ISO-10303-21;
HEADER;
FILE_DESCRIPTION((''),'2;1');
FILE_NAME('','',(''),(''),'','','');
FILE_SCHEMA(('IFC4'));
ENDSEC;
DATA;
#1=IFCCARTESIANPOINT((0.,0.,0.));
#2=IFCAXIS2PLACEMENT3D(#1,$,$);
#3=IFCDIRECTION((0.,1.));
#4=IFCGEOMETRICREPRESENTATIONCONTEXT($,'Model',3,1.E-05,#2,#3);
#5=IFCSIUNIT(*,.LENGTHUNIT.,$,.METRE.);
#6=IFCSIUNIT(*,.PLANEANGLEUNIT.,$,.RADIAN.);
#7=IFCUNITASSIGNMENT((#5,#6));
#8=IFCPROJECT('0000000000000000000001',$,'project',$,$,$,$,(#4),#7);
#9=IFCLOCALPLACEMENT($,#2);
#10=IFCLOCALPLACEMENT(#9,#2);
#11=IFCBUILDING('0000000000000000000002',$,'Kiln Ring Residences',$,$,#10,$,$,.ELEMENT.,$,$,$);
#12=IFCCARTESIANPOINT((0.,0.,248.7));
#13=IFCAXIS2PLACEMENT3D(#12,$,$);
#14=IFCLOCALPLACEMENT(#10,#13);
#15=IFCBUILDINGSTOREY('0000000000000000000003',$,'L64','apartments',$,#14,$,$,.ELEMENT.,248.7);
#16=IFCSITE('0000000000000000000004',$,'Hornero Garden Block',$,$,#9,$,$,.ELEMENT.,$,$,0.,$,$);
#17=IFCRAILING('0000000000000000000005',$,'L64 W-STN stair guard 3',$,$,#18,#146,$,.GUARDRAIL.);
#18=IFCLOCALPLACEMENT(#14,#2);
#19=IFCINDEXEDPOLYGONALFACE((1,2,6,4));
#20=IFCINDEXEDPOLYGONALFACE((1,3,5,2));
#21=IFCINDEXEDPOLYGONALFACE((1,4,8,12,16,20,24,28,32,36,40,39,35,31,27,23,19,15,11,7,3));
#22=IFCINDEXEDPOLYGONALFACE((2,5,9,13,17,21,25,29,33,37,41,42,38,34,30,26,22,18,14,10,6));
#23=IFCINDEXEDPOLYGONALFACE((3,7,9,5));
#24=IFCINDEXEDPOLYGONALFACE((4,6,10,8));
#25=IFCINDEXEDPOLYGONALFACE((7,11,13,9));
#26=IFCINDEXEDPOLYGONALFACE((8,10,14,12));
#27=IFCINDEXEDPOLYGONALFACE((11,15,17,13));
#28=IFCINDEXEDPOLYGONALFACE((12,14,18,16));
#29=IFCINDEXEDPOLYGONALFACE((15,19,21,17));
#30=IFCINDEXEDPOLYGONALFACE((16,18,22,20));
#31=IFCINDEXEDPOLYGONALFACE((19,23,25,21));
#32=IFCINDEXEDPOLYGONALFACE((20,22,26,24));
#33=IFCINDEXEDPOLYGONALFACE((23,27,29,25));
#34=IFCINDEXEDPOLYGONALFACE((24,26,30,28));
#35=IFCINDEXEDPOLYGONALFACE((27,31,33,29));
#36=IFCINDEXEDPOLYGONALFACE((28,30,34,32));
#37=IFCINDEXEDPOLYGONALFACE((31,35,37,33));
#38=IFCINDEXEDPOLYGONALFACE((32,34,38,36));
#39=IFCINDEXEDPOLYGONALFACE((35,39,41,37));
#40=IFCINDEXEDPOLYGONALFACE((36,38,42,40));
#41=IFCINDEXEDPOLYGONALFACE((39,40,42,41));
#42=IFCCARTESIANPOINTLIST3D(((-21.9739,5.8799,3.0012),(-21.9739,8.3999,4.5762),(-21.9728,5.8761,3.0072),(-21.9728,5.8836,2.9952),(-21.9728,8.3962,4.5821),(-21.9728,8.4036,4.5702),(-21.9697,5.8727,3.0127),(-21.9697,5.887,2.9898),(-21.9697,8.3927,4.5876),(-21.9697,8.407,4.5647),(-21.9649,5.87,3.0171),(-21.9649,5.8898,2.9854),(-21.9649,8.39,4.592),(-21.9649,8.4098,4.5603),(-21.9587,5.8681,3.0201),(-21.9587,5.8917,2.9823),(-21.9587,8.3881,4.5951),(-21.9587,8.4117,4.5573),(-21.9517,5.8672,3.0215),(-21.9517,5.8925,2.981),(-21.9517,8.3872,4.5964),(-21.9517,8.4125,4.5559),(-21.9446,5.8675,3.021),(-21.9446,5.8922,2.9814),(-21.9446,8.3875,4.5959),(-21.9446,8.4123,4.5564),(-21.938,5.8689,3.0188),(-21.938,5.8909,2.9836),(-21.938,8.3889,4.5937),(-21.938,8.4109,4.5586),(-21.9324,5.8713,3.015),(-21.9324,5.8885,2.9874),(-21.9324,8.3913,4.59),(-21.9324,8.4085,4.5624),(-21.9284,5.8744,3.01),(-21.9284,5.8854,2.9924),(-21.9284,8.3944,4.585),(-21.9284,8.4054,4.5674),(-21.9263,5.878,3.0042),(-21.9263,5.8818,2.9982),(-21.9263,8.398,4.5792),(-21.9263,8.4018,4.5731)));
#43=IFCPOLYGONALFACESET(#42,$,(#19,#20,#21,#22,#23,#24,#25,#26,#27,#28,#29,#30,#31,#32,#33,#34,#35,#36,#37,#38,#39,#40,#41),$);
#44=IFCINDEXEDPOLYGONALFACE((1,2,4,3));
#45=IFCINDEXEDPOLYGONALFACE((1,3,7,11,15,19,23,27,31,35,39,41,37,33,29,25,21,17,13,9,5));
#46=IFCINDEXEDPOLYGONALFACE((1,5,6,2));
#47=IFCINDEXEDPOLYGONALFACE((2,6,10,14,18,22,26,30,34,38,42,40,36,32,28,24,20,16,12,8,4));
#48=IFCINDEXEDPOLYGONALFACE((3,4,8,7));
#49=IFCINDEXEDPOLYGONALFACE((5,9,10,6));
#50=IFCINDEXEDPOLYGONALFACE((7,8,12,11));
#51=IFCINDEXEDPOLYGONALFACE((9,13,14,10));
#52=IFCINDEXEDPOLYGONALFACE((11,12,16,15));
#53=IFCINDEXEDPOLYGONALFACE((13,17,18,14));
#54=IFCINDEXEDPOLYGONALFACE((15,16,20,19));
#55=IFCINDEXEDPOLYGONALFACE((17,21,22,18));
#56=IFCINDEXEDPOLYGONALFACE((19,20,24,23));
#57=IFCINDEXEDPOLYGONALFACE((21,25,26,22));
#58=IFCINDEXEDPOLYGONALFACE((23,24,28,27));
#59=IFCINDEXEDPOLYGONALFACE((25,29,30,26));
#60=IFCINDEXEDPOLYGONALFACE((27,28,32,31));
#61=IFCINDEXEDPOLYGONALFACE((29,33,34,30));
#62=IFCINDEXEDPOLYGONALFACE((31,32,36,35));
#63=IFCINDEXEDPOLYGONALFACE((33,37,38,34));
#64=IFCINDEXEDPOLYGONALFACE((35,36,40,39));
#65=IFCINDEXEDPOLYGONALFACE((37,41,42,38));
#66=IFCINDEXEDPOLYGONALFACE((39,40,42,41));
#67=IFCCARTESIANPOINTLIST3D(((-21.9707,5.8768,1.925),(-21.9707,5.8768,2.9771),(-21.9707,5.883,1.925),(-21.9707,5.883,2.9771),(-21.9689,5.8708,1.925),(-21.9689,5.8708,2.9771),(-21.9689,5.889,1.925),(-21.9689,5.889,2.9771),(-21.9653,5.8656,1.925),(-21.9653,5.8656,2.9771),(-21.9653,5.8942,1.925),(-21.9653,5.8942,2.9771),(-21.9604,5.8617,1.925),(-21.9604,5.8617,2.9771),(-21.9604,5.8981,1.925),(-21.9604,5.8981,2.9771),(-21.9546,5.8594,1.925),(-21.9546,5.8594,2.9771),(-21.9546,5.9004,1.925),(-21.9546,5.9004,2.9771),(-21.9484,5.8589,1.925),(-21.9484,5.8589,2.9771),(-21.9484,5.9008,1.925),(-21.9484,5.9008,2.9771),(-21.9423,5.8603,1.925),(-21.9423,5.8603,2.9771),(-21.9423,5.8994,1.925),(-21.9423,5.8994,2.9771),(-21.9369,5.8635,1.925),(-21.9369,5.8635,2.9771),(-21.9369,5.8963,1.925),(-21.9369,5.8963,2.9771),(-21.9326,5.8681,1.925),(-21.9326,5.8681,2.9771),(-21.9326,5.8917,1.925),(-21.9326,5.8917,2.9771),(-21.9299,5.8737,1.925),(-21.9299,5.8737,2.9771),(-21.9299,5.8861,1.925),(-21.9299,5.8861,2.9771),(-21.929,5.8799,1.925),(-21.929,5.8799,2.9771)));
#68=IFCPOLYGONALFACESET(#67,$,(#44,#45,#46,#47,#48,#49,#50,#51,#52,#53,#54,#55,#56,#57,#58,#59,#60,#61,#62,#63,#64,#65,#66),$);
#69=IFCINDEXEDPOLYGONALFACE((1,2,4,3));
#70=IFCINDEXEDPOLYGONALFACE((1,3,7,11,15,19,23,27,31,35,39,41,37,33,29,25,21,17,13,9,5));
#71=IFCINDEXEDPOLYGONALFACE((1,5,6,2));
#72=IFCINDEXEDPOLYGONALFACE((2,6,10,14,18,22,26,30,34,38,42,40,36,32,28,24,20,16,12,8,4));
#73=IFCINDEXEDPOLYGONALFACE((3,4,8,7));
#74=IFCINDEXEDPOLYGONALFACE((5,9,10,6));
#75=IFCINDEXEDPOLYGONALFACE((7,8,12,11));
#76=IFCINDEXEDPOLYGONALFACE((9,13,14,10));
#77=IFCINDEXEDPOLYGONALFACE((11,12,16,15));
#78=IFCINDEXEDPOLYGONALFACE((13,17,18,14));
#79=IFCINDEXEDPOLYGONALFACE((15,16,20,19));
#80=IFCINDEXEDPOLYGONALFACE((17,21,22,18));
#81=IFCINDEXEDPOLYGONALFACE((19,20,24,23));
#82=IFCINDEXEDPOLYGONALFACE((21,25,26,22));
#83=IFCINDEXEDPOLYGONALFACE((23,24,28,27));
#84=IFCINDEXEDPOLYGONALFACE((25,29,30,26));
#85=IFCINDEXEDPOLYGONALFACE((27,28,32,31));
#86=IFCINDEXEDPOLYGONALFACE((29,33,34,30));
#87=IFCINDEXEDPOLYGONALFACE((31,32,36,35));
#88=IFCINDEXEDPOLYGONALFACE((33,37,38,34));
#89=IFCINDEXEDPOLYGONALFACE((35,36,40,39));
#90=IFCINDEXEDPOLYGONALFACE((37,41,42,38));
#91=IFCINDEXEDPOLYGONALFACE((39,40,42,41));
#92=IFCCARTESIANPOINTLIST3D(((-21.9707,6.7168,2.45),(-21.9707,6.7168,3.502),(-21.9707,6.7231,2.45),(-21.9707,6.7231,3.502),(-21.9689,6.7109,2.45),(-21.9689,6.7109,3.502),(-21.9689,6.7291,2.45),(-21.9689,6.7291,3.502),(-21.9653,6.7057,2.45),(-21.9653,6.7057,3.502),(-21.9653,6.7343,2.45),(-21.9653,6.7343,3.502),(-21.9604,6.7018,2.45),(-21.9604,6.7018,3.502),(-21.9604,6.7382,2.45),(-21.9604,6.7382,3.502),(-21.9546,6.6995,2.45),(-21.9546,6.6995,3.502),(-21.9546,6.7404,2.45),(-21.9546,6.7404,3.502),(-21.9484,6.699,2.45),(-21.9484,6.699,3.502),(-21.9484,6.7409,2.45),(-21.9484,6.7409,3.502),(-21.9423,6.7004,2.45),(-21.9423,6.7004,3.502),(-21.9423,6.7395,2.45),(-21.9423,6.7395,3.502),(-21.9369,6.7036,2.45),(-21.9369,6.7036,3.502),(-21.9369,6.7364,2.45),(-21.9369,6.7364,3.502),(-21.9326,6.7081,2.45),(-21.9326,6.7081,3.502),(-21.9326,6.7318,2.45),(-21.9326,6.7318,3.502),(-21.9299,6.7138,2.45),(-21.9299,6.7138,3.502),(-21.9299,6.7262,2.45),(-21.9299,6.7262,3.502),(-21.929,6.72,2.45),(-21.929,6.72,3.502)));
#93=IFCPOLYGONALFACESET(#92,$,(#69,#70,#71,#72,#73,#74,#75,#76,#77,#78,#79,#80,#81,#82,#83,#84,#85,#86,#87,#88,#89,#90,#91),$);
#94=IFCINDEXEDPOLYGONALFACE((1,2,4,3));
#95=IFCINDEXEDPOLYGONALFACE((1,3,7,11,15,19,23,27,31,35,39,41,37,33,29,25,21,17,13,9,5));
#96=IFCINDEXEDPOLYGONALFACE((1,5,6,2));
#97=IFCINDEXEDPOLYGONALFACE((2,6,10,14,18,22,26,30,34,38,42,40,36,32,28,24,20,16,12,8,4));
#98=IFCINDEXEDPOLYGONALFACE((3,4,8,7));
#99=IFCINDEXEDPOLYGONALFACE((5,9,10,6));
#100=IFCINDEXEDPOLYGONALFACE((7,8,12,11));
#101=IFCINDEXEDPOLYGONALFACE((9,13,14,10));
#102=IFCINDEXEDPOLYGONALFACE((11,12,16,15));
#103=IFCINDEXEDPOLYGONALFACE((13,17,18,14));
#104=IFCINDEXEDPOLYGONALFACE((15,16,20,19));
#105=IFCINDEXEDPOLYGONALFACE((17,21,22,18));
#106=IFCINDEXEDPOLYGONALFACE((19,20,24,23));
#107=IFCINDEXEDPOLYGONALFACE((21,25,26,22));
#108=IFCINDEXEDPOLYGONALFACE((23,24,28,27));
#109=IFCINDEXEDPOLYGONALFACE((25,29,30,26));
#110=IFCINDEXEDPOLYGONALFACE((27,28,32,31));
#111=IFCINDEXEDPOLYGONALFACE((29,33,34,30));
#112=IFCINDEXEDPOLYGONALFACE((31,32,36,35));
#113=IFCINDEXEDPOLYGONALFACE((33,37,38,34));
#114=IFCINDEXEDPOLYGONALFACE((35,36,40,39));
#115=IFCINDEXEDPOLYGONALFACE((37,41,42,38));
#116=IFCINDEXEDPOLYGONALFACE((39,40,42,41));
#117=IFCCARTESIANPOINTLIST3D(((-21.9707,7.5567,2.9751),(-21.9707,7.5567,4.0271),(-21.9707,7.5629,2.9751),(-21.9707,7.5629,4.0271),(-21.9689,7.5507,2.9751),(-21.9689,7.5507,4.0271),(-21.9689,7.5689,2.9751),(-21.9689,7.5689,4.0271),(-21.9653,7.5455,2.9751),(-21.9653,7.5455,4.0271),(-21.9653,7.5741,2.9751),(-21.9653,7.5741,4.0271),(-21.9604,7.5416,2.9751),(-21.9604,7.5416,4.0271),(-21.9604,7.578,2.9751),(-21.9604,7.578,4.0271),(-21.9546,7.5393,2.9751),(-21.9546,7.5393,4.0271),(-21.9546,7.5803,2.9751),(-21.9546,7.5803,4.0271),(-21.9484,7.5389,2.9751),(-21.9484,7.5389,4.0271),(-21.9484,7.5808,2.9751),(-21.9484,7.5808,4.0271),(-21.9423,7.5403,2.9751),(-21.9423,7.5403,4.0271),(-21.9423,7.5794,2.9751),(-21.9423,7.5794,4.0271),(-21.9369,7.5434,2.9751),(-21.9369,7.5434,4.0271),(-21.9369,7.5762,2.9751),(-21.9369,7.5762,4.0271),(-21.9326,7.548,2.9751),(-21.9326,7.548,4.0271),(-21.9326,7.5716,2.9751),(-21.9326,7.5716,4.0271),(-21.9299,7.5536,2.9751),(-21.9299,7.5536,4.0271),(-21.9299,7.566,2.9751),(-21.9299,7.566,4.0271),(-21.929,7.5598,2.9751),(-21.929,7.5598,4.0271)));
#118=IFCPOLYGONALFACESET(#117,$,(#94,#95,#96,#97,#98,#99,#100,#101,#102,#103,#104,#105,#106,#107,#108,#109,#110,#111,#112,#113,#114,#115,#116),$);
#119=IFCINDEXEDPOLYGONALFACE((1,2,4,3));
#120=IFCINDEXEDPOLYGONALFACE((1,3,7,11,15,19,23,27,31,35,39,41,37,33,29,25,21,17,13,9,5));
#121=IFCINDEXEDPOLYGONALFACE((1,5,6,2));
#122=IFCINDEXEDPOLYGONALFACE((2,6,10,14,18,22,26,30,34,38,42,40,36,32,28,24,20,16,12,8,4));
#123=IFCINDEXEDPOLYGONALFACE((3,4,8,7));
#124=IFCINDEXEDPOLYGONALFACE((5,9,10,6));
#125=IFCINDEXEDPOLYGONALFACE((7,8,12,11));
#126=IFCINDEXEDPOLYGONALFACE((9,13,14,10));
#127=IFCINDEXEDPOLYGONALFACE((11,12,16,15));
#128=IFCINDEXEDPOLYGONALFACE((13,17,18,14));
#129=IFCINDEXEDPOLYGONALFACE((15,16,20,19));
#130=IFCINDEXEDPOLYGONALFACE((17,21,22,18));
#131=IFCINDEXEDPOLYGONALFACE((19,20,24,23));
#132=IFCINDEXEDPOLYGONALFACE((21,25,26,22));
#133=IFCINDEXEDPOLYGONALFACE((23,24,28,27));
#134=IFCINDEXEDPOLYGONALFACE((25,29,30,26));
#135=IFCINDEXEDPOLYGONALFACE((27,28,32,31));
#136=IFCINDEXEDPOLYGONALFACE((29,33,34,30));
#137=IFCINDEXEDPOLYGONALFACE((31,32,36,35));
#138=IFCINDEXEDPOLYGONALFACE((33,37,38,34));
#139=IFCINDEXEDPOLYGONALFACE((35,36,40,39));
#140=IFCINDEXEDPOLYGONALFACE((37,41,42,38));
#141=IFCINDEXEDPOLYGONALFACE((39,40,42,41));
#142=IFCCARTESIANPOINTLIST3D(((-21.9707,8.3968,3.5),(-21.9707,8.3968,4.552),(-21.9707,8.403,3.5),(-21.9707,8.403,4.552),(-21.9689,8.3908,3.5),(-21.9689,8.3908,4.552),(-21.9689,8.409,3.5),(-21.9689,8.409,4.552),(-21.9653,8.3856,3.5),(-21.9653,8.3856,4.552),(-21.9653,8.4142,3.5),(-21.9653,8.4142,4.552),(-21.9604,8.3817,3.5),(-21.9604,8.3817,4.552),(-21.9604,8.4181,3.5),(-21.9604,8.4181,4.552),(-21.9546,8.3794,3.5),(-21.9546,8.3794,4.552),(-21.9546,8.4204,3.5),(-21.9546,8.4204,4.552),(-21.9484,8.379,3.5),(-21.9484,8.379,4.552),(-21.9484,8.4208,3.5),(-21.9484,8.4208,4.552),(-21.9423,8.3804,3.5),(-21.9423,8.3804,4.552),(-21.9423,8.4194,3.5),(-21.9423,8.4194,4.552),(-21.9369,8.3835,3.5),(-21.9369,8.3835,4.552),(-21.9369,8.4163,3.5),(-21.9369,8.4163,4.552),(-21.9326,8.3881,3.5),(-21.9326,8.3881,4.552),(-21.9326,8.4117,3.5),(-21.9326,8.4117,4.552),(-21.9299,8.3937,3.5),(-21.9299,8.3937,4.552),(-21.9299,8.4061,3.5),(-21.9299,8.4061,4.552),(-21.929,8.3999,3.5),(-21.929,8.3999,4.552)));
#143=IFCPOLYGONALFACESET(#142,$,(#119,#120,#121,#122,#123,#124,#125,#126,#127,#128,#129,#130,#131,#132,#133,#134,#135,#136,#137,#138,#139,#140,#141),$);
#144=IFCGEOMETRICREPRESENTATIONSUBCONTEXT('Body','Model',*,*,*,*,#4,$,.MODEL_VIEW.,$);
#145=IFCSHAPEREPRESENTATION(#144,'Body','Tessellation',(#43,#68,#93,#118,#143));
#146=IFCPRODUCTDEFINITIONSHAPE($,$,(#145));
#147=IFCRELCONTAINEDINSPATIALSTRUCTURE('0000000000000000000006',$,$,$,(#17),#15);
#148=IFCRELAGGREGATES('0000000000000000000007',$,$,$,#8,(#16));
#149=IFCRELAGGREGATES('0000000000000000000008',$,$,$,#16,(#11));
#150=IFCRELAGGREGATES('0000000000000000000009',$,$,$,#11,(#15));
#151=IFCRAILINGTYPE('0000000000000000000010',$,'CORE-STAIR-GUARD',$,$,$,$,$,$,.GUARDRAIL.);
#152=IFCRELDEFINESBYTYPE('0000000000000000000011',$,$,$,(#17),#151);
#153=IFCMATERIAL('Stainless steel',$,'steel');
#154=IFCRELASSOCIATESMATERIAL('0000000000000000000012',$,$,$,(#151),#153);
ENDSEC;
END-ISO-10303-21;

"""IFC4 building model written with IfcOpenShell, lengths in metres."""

from ifc_helpers import new_model, si_unit, direction, frame, origin, origin_2d, place, context, subcontext, project, spatial, circle, extrude, material, type_object, element, save


model = new_model("IFC4")

# Units and contexts
model_context = context("Model", 3, precision=1e-05, world=origin(), true_north=direction((0.0, 1.0)))
body_context = subcontext(model_context, "Body", "Model", "MODEL_VIEW")
ifc_project = project(units=[si_unit("LENGTHUNIT", "METRE"), si_unit("PLANEANGLEUNIT", "RADIAN")], contexts=[model_context])

# Site, building, storey
site_placement = place(None, origin())
site = spatial("IfcSite", under=ifc_project, at=site_placement, Name="Hornero Garden Block", CompositionType="ELEMENT", RefElevation=0.0)
building_placement = place(site_placement, origin())
building = spatial("IfcBuilding", under=site, at=building_placement, Name="Kiln Ring Residences", CompositionType="ELEMENT")
storey_placement = place(building_placement, frame((0.0, 0.0, 248.7)))
storey = spatial("IfcBuildingStorey", under=building, at=storey_placement, Name="L64", Description="apartments", CompositionType="ELEMENT", Elevation=248.7)

# Railing
ifc_material_1 = material(Name="Stainless steel", Category="steel")
railing_type_1 = type_object("IfcRailingType", Name="CORE-STAIR-GUARD", PredefinedType="GUARDRAIL", material=ifc_material_1)
railing_1_placement = place(storey_placement, frame((-21.95, 5.8799, 1.925)))
element("IfcRailing", 1, at=railing_1_placement, inside=storey, type_object=railing_type_1, Name="L64 W-STN stair guard 3", PredefinedType="GUARDRAIL", context=body_context, shape_type="SweptSolid", body=[
    extrude(circle(Radius=0.0239, at=origin_2d()), frame((0.0, 0.0, 1.0762), z_axis=(0.0, 0.848008, 0.529984), x_axis=(-1.0, 0.0, 0.0)), (0.0, 0.0, 1.0), 2.9717),
    extrude(circle(Radius=0.021, at=origin_2d()), origin(), (0.0, 0.0, 1.0), 1.052),
    extrude(circle(Radius=0.021, at=origin_2d()), frame((0.0, 0.8401, 0.5249)), (0.0, 0.0, 1.0), 1.052),
    extrude(circle(Radius=0.021, at=origin_2d()), frame((0.0, 1.6799, 1.05)), (0.0, 0.0, 1.0), 1.052),
    extrude(circle(Radius=0.021, at=origin_2d()), frame((0.0, 2.52, 1.575)), (0.0, 0.0, 1.0), 1.052),
])

save(model, "model.ifc")
